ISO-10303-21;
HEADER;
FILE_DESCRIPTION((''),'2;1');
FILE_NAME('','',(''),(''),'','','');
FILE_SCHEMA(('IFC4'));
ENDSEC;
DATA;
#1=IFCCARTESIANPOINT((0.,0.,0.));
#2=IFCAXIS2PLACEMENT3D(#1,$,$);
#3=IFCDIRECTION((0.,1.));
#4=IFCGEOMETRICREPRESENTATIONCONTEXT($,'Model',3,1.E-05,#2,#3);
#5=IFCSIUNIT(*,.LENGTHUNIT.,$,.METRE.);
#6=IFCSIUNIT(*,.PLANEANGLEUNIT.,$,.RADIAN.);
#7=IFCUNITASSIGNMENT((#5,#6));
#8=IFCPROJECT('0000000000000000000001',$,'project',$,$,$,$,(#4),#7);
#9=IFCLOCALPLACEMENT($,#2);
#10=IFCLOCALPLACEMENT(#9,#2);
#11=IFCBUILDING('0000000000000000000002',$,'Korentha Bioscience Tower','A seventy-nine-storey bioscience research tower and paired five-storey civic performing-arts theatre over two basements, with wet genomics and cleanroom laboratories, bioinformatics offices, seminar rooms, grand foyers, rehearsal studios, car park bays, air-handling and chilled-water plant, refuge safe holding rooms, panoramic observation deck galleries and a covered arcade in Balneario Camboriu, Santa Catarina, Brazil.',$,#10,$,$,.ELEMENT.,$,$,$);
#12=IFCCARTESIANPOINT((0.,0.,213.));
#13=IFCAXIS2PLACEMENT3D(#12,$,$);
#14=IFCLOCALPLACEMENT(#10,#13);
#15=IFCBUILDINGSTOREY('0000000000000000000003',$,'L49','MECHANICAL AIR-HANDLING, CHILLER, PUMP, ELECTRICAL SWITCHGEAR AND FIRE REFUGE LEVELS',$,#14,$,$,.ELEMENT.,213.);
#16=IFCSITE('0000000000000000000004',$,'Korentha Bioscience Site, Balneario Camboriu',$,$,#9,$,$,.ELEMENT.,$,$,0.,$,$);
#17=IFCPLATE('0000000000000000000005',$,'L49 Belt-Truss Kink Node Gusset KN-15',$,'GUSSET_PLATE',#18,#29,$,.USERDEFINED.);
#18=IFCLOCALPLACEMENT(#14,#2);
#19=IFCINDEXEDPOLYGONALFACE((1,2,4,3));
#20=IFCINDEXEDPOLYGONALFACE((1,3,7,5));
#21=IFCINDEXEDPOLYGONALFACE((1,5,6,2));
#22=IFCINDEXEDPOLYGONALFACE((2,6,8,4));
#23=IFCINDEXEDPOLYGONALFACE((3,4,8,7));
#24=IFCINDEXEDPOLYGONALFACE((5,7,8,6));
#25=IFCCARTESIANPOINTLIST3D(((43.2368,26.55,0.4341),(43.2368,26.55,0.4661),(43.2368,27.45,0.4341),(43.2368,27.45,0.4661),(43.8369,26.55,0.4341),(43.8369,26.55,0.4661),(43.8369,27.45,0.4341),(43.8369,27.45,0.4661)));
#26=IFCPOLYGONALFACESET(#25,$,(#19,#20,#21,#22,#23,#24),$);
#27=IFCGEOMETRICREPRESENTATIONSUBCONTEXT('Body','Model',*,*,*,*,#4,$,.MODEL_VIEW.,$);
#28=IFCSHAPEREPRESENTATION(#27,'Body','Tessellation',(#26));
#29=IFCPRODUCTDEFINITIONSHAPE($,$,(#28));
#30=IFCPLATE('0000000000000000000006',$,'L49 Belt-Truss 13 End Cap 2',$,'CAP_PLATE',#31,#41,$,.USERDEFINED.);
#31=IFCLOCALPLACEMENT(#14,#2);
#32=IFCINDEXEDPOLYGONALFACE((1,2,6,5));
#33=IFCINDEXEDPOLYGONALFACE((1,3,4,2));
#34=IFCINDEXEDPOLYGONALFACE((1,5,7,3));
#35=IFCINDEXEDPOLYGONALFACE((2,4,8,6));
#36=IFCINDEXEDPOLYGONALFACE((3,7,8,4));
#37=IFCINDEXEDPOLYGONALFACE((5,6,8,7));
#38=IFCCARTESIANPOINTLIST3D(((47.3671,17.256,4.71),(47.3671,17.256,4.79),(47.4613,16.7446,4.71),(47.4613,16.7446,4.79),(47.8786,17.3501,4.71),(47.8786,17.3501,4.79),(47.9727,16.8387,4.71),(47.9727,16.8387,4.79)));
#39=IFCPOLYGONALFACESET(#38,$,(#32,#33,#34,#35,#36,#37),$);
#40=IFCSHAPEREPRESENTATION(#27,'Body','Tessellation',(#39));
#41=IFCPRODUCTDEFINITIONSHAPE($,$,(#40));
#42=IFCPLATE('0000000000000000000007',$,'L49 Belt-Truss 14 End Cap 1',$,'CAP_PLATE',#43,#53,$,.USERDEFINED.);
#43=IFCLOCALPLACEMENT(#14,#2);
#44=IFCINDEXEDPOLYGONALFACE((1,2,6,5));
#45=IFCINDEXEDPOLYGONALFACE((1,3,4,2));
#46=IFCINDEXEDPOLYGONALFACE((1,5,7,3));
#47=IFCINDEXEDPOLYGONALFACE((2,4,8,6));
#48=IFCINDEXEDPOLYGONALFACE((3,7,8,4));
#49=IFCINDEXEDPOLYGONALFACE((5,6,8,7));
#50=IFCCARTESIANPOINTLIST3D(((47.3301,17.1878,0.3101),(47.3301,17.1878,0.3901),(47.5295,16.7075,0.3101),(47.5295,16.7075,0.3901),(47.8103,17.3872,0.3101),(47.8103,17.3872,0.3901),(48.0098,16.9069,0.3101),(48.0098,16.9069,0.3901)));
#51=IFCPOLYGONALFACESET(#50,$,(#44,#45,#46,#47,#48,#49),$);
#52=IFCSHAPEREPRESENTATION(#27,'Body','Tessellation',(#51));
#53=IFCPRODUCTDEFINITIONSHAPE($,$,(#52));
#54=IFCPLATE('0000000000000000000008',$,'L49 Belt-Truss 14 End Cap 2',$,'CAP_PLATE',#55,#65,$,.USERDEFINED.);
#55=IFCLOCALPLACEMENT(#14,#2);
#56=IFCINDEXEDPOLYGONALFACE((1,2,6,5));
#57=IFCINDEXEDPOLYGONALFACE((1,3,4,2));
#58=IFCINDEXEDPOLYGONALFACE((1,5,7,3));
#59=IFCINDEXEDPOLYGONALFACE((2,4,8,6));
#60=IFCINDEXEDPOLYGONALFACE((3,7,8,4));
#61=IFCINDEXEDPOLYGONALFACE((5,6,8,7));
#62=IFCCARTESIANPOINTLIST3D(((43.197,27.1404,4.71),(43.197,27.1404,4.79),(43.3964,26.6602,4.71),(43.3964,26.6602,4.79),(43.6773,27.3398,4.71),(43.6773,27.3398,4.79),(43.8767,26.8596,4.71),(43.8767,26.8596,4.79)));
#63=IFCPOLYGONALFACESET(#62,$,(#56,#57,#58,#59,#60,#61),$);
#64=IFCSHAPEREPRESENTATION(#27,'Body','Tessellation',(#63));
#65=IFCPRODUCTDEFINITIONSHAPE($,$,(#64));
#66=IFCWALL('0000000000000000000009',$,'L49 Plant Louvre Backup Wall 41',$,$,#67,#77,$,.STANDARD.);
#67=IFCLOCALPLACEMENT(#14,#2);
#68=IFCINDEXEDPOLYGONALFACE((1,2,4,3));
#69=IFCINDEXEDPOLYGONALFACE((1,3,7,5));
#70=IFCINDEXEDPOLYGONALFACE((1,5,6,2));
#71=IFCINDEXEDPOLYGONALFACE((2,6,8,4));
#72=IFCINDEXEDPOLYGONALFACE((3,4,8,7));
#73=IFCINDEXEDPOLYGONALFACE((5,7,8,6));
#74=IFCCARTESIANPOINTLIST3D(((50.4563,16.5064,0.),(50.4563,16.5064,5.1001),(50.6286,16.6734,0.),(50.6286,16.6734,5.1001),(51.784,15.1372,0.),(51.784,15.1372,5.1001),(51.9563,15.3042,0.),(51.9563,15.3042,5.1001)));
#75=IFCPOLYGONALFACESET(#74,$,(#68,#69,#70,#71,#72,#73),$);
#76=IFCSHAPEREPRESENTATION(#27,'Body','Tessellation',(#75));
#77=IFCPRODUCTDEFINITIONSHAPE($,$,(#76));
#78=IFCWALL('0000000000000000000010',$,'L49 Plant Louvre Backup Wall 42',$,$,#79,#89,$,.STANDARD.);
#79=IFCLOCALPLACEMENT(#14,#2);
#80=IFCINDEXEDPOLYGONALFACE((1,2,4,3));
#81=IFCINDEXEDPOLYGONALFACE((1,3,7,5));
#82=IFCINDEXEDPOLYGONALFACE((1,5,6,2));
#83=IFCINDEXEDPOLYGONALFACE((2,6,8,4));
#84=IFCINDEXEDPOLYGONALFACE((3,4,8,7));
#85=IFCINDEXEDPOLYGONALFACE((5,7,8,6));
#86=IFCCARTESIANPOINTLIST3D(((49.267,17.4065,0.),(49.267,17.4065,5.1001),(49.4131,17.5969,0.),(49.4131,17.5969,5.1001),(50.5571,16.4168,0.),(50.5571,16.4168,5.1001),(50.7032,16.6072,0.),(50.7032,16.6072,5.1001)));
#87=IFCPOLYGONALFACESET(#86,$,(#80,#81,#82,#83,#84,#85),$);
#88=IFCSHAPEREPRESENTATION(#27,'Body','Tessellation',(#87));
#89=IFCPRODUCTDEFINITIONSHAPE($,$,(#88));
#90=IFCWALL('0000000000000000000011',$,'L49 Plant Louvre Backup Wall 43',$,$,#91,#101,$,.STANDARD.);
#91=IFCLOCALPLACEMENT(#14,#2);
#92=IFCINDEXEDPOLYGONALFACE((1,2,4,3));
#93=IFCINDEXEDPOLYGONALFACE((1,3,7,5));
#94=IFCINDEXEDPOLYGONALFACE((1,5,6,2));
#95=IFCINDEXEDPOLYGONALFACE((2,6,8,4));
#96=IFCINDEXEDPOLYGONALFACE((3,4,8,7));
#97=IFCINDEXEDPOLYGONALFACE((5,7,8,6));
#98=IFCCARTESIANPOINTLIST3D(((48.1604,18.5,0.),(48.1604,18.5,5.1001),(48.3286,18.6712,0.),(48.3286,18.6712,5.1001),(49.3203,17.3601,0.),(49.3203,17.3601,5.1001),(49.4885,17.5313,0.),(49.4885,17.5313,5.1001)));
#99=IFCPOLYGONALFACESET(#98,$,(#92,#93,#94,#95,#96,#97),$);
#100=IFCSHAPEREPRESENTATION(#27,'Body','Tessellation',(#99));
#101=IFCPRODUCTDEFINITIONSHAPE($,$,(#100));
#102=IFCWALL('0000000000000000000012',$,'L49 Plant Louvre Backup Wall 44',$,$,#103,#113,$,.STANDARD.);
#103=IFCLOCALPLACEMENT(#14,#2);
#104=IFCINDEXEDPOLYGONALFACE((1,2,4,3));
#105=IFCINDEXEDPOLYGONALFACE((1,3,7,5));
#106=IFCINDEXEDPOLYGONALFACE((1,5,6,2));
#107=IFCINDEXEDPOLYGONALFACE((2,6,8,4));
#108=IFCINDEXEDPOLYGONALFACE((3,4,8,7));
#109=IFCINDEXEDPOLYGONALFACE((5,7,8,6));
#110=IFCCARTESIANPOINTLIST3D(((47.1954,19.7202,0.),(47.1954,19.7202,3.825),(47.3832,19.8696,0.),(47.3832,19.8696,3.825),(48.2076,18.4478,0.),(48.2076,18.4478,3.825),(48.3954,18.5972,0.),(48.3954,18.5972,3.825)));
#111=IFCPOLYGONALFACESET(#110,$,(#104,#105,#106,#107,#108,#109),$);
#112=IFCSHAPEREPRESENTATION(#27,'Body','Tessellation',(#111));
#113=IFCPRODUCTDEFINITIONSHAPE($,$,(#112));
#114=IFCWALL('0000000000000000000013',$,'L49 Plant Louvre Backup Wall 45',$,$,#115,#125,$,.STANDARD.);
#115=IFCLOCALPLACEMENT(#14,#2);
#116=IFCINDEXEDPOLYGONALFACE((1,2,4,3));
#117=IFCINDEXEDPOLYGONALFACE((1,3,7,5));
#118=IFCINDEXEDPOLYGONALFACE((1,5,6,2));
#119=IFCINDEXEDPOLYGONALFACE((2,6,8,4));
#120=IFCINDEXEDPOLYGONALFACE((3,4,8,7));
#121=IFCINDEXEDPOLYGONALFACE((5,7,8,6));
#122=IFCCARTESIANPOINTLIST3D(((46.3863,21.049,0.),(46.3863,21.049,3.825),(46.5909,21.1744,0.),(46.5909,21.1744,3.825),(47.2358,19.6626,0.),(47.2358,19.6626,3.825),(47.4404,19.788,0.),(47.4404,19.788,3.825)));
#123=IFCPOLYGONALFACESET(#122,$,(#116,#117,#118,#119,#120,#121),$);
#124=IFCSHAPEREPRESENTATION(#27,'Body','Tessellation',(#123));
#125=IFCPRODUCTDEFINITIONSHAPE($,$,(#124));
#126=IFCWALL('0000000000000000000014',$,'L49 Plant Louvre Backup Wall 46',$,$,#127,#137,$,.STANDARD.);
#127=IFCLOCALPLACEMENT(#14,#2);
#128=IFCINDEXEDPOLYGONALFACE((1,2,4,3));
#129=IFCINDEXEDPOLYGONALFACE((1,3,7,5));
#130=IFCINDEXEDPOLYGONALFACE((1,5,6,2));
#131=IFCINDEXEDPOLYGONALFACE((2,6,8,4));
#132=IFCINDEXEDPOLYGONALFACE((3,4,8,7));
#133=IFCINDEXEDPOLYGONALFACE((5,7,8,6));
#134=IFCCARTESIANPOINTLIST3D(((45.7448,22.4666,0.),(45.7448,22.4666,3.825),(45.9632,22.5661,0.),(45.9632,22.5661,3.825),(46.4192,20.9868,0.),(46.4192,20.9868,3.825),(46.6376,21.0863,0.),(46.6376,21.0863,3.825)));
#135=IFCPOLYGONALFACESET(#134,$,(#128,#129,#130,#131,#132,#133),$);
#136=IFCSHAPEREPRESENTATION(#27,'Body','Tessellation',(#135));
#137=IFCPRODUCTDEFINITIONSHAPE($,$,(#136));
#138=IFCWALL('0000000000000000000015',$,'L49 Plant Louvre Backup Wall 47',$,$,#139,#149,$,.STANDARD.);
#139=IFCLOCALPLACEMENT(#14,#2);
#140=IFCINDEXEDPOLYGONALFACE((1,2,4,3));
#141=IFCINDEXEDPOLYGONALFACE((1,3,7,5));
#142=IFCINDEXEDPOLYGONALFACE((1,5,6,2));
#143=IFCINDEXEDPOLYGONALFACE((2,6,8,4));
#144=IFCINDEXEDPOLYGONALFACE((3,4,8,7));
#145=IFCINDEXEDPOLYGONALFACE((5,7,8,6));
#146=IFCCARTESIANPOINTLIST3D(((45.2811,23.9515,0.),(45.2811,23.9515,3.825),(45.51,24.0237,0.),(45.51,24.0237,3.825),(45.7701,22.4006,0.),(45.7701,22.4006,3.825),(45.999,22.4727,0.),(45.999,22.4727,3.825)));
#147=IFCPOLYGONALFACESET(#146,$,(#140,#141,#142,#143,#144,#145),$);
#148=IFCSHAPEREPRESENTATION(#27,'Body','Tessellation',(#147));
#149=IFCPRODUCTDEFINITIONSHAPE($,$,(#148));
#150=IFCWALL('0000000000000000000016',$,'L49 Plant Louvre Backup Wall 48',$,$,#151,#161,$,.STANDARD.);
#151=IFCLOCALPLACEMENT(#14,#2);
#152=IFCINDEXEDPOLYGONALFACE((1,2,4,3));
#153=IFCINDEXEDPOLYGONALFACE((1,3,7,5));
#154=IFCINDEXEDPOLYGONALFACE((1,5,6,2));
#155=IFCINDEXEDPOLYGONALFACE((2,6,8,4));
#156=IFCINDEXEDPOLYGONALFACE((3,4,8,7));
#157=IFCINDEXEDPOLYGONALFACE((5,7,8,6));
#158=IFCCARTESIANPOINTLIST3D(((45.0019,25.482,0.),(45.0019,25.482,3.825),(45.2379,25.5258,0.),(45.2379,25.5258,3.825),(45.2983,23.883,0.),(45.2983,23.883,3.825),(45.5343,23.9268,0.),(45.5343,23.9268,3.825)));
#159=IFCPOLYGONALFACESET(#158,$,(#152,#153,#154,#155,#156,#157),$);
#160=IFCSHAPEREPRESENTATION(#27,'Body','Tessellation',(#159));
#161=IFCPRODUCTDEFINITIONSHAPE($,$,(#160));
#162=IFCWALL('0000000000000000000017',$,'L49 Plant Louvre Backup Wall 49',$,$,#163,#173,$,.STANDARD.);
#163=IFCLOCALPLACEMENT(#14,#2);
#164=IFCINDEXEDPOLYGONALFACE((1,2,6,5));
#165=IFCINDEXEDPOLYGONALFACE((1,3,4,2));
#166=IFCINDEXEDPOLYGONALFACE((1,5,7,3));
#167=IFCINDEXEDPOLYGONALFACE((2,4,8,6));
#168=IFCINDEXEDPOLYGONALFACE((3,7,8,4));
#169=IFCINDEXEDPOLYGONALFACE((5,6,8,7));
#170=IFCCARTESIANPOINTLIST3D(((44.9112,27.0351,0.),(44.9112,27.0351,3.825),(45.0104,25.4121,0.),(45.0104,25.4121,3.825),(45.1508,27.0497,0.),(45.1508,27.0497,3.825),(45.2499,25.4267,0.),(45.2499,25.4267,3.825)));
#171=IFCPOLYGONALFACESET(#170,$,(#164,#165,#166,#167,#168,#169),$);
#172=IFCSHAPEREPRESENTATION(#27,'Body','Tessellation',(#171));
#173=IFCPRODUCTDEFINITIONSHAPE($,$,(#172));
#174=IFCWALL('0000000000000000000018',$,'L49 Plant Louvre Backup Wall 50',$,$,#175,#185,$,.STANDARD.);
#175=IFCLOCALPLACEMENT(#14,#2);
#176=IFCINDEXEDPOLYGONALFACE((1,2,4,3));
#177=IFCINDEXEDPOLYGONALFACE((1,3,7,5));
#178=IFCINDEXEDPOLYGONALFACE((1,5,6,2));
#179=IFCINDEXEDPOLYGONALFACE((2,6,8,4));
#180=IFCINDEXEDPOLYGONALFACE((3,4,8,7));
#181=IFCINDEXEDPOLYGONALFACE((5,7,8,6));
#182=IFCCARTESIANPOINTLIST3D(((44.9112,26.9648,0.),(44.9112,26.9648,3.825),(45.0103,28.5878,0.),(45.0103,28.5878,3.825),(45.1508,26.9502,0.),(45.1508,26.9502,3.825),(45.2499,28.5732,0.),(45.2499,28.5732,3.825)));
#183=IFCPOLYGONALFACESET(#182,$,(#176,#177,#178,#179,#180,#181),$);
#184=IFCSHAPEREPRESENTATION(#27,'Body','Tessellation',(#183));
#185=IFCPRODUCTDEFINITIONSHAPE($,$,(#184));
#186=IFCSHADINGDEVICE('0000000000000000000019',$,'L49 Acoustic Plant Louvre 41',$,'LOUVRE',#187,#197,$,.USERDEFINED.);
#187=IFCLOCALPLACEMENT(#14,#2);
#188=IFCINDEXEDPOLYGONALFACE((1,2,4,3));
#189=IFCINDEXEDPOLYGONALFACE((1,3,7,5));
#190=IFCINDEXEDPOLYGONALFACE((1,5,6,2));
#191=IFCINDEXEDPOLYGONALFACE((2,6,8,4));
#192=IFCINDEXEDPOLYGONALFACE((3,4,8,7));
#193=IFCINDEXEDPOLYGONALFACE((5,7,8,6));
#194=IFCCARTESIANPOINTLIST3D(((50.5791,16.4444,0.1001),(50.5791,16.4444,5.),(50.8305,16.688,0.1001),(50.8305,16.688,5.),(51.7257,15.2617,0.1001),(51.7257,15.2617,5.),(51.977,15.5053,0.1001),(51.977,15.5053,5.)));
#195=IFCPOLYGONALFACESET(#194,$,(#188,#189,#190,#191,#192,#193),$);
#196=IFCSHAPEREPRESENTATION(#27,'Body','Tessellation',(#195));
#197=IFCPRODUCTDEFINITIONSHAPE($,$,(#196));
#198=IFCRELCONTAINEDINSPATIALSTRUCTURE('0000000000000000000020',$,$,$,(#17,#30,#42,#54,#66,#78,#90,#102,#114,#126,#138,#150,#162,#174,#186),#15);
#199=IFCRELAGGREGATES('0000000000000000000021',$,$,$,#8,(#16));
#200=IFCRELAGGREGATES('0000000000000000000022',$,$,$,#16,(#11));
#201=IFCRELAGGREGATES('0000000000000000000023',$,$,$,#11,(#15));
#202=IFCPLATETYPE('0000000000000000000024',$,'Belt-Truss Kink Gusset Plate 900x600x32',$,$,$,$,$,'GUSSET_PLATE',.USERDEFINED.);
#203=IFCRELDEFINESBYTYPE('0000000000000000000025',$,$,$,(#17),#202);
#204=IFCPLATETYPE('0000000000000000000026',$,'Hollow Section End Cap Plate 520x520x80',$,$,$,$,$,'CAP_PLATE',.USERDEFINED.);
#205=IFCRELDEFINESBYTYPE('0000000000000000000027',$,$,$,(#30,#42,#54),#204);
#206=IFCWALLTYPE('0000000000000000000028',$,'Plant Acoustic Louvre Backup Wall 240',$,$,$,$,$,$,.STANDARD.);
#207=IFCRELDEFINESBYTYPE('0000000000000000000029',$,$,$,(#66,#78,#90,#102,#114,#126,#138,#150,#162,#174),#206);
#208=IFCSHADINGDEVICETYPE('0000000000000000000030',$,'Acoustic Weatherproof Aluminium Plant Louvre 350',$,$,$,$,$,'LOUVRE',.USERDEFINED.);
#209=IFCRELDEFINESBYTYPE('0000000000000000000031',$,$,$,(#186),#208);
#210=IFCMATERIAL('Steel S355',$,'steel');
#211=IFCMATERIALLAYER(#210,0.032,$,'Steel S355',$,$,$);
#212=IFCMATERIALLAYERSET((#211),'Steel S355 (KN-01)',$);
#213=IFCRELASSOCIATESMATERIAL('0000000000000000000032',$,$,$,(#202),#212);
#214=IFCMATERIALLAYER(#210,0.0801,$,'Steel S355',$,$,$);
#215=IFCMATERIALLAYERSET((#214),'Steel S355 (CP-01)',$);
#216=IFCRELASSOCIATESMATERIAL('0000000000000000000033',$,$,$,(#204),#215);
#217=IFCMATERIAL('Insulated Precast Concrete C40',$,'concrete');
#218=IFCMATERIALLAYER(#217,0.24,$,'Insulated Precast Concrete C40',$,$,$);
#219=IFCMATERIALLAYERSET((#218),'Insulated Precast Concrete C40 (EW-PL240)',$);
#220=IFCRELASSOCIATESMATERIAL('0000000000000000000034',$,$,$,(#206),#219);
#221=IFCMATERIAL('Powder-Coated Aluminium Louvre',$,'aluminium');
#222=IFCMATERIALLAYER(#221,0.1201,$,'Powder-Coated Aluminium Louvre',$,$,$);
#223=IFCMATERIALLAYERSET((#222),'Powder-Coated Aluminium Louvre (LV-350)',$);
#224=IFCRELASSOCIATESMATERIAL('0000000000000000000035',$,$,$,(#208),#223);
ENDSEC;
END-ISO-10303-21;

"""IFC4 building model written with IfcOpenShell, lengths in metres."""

from ifc_helpers import new_model, si_unit, direction, frame, frame_2d, origin, origin_2d, place, context, subcontext, project, spatial, rectangle, extrude, material, layer, layer_set, type_object, element, save


model = new_model("IFC4")

# Units and contexts
model_context = context("Model", 3, precision=1e-05, world=origin(), true_north=direction((0.0, 1.0)))
body_context = subcontext(model_context, "Body", "Model", "MODEL_VIEW")
ifc_project = project(units=[si_unit("LENGTHUNIT", "METRE"), si_unit("PLANEANGLEUNIT", "RADIAN")], contexts=[model_context])

# Site, building, storey
site_placement = place(None, origin())
site = spatial("IfcSite", under=ifc_project, at=site_placement, Name="Korentha Bioscience Site, Balneario Camboriu", CompositionType="ELEMENT", RefElevation=0.0)
building_placement = place(site_placement, origin())
building = spatial("IfcBuilding", under=site, at=building_placement, Name="Korentha Bioscience Tower", Description="A seventy-nine-storey bioscience research tower and paired five-storey civic performing-arts theatre over two basements, with wet genomics and cleanroom laboratories, bioinformatics offices, seminar rooms, grand foyers, rehearsal studios, car park bays, air-handling and chilled-water plant, refuge safe holding rooms, panoramic observation deck galleries and a covered arcade in Balneario Camboriu, Santa Catarina, Brazil.", CompositionType="ELEMENT")
storey_placement = place(building_placement, frame((0.0, 0.0, 213.0)))
storey = spatial("IfcBuildingStorey", under=building, at=storey_placement, Name="L49", Description="MECHANICAL AIR-HANDLING, CHILLER, PUMP, ELECTRICAL SWITCHGEAR AND FIRE REFUGE LEVELS", CompositionType="ELEMENT", Elevation=213.0)

# Shared definitions
ifc_material_1 = material(Name="Steel S355", Category="steel")

# Plates
ifc_layer_1 = layer(ifc_material_1, 0.032, Name="Steel S355")
ifc_layer_set_1 = layer_set([ifc_layer_1], Name="Steel S355 (KN-01)")
plate_type_1 = type_object("IfcPlateType", Name="Belt-Truss Kink Gusset Plate 900x600x32", ElementType="GUSSET_PLATE", PredefinedType="USERDEFINED", material=ifc_layer_set_1)
for number, where, z_axis, x_axis, name in (
    (1, (43.5369, 27.0, 0.4341), (0.0, 0.0, 1.0), (0.0, 1.0, 0.0), "L49 Belt-Truss Kink Node Gusset KN-15"),
):
    element("IfcPlate", number, at=place(storey_placement, frame(where, z_axis=z_axis, x_axis=x_axis)), inside=storey, type_object=plate_type_1, Name=name, ObjectType="GUSSET_PLATE", PredefinedType="USERDEFINED", context=body_context, shape_type="SweptSolid", body=[
        extrude(rectangle(XDim=0.8999, YDim=0.6001, at=origin_2d()), origin(), (0.0, 0.0, 1.0), 0.032),
    ])
ifc_layer_2 = layer(ifc_material_1, 0.0801, Name="Steel S355")
ifc_layer_set_2 = layer_set([ifc_layer_2], Name="Steel S355 (CP-01)")
plate_type_2 = type_object("IfcPlateType", Name="Hollow Section End Cap Plate 520x520x80", ElementType="CAP_PLATE", PredefinedType="USERDEFINED", material=ifc_layer_set_2)
for number, where, z_axis, x_axis, name in (
    (2, (47.6699, 17.0474, 4.71), (0.0, 0.0, 1.0), (-0.181034, 0.983477, 0.0), "L49 Belt-Truss 13 End Cap 2"),
    (3, (47.6699, 17.0474, 0.3101), (0.0, 0.0, 1.0), (-0.38349, 0.923545, 0.0), "L49 Belt-Truss 14 End Cap 1"),
    (4, (43.5369, 27.0, 4.71), (0.0, 0.0, 1.0), (-0.38349, 0.923545, 0.0), "L49 Belt-Truss 14 End Cap 2"),
):
    element("IfcPlate", number, at=place(storey_placement, frame(where, z_axis=z_axis, x_axis=x_axis)), inside=storey, type_object=plate_type_2, Name=name, ObjectType="CAP_PLATE", PredefinedType="USERDEFINED", context=body_context, shape_type="SweptSolid", body=[
        extrude(rectangle(XDim=0.52, YDim=0.52, at=origin_2d()), origin(), (0.0, 0.0, 1.0), 0.0801),
    ])

# Walls
ifc_material_2 = material(Name="Insulated Precast Concrete C40", Category="concrete")
ifc_layer_3 = layer(ifc_material_2, 0.24, Name="Insulated Precast Concrete C40")
ifc_layer_set_3 = layer_set([ifc_layer_3], Name="Insulated Precast Concrete C40 (EW-PL240)")
wall_type = type_object("IfcWallType", Name="Plant Acoustic Louvre Backup Wall 240", PredefinedType="STANDARD", material=ifc_layer_set_3)
wall_1_placement = place(storey_placement, frame((51.8701, 15.2207, 0.0), z_axis=(0.0, 0.0, 1.0), x_axis=(-0.696142, 0.717904, 0.0)))
element("IfcWall", 5, at=wall_1_placement, inside=storey, type_object=wall_type, Name="L49 Plant Louvre Backup Wall 41", PredefinedType="STANDARD", context=body_context, shape_type="SweptSolid", body=[
    extrude(rectangle(XDim=1.9072, YDim=0.24, at=frame_2d((0.9536, 0.0))), origin(), (0.0, 0.0, 1.0), 5.1001),
])
wall_2_placement = place(storey_placement, frame((50.6301, 16.512, 0.0), z_axis=(0.0, 0.0, 1.0), x_axis=(-0.793394, 0.608709, 0.0)))
element("IfcWall", 6, at=wall_2_placement, inside=storey, type_object=wall_type, Name="L49 Plant Louvre Backup Wall 42", PredefinedType="STANDARD", context=body_context, shape_type="SweptSolid", body=[
    extrude(rectangle(XDim=1.626, YDim=0.24, at=frame_2d((0.813, 0.0))), origin(), (0.0, 0.0, 1.0), 5.1001),
])
wall_3_placement = place(storey_placement, frame((49.4043, 17.4458, 0.0), z_axis=(0.0, 0.0, 1.0), x_axis=(-0.713235, 0.700925, 0.0)))
element("IfcWall", 7, at=wall_3_placement, inside=storey, type_object=wall_type, Name="L49 Plant Louvre Backup Wall 43", PredefinedType="STANDARD", context=body_context, shape_type="SweptSolid", body=[
    extrude(rectangle(XDim=1.6262, YDim=0.24, at=frame_2d((0.813, 0.0))), origin(), (0.0, 0.0, 1.0), 5.1001),
])
for number, where, z_axis, x_axis, name in (
    (8, (48.3015, 18.5225, 0.0), (0.0, 0.0, 1.0), (-0.622532, 0.782594, 0.0), "L49 Plant Louvre Backup Wall 44"),
    (9, (47.3381, 19.7253, 0.0), (0.0, 0.0, 1.0), (-0.522488, 0.852647, 0.0), "L49 Plant Louvre Backup Wall 45"),
):
    element("IfcWall", number, at=place(storey_placement, frame(where, z_axis=z_axis, x_axis=x_axis)), inside=storey, type_object=wall_type, Name=name, PredefinedType="STANDARD", context=body_context, shape_type="SweptSolid", body=[
        extrude(rectangle(XDim=1.626, YDim=0.24, at=frame_2d((0.813, 0.0))), origin(), (0.0, 0.0, 1.0), 3.825),
    ])
for number, where, z_axis, x_axis, name in (
    (10, (46.5283, 21.0366, 0.0), (0.0, 0.0, 1.0), (-0.414674, 0.90997, 0.0), "L49 Plant Louvre Backup Wall 46"),
    (11, (45.8845, 22.4368, 0.0), (0.0, 0.0, 1.0), (-0.300693, 0.953721, 0.0), "L49 Plant Louvre Backup Wall 47"),
    (12, (45.4163, 23.905, 0.0), (0.0, 0.0, 1.0), (-0.182267, 0.983249, 0.0), "L49 Plant Louvre Backup Wall 48"),
):
    element("IfcWall", number, at=place(storey_placement, frame(where, z_axis=z_axis, x_axis=x_axis)), inside=storey, type_object=wall_type, Name=name, PredefinedType="STANDARD", context=body_context, shape_type="SweptSolid", body=[
        extrude(rectangle(XDim=1.6262, YDim=0.24, at=frame_2d((0.813, 0.0))), origin(), (0.0, 0.0, 1.0), 3.825),
    ])
for number, where, z_axis, x_axis, name in (
    (13, (45.1301, 25.4194, 0.0), (0.0, 0.0, 1.0), (-0.060957, 0.99814, 0.0), "L49 Plant Louvre Backup Wall 49"),
    (14, (45.031, 26.9575, 0.0), (0.0, 0.0, 1.0), (0.060957, 0.99814, 0.0), "L49 Plant Louvre Backup Wall 50"),
):
    element("IfcWall", number, at=place(storey_placement, frame(where, z_axis=z_axis, x_axis=x_axis)), inside=storey, type_object=wall_type, Name=name, PredefinedType="STANDARD", context=body_context, shape_type="SweptSolid", body=[
        extrude(rectangle(XDim=1.626, YDim=0.24, at=frame_2d((0.813, 0.0))), origin(), (0.0, 0.0, 1.0), 3.825),
    ])

# Shading device
ifc_material_3 = material(Name="Powder-Coated Aluminium Louvre", Category="aluminium")
ifc_layer_4 = layer(ifc_material_3, 0.1201, Name="Powder-Coated Aluminium Louvre")
ifc_layer_set_4 = layer_set([ifc_layer_4], Name="Powder-Coated Aluminium Louvre (LV-350)")
shading_device_type = type_object("IfcShadingDeviceType", Name="Acoustic Weatherproof Aluminium Plant Louvre 350", ElementType="LOUVRE", PredefinedType="USERDEFINED", material=ifc_layer_set_4)
shading_device_placement = place(storey_placement, frame((51.2781, 15.9749, 0.1001), z_axis=(0.0, 0.0, 1.0), x_axis=(-0.696037, 0.718006, 0.0)))
element("IfcShadingDevice", 15, at=shading_device_placement, inside=storey, type_object=shading_device_type, Name="L49 Acoustic Plant Louvre 41", ObjectType="LOUVRE", PredefinedType="USERDEFINED", context=body_context, shape_type="SweptSolid", body=[
    extrude(rectangle(XDim=1.6472, YDim=0.3501, at=origin_2d()), origin(), (0.0, 0.0, 1.0), 4.8999),
])

save(model, "model.ifc")
